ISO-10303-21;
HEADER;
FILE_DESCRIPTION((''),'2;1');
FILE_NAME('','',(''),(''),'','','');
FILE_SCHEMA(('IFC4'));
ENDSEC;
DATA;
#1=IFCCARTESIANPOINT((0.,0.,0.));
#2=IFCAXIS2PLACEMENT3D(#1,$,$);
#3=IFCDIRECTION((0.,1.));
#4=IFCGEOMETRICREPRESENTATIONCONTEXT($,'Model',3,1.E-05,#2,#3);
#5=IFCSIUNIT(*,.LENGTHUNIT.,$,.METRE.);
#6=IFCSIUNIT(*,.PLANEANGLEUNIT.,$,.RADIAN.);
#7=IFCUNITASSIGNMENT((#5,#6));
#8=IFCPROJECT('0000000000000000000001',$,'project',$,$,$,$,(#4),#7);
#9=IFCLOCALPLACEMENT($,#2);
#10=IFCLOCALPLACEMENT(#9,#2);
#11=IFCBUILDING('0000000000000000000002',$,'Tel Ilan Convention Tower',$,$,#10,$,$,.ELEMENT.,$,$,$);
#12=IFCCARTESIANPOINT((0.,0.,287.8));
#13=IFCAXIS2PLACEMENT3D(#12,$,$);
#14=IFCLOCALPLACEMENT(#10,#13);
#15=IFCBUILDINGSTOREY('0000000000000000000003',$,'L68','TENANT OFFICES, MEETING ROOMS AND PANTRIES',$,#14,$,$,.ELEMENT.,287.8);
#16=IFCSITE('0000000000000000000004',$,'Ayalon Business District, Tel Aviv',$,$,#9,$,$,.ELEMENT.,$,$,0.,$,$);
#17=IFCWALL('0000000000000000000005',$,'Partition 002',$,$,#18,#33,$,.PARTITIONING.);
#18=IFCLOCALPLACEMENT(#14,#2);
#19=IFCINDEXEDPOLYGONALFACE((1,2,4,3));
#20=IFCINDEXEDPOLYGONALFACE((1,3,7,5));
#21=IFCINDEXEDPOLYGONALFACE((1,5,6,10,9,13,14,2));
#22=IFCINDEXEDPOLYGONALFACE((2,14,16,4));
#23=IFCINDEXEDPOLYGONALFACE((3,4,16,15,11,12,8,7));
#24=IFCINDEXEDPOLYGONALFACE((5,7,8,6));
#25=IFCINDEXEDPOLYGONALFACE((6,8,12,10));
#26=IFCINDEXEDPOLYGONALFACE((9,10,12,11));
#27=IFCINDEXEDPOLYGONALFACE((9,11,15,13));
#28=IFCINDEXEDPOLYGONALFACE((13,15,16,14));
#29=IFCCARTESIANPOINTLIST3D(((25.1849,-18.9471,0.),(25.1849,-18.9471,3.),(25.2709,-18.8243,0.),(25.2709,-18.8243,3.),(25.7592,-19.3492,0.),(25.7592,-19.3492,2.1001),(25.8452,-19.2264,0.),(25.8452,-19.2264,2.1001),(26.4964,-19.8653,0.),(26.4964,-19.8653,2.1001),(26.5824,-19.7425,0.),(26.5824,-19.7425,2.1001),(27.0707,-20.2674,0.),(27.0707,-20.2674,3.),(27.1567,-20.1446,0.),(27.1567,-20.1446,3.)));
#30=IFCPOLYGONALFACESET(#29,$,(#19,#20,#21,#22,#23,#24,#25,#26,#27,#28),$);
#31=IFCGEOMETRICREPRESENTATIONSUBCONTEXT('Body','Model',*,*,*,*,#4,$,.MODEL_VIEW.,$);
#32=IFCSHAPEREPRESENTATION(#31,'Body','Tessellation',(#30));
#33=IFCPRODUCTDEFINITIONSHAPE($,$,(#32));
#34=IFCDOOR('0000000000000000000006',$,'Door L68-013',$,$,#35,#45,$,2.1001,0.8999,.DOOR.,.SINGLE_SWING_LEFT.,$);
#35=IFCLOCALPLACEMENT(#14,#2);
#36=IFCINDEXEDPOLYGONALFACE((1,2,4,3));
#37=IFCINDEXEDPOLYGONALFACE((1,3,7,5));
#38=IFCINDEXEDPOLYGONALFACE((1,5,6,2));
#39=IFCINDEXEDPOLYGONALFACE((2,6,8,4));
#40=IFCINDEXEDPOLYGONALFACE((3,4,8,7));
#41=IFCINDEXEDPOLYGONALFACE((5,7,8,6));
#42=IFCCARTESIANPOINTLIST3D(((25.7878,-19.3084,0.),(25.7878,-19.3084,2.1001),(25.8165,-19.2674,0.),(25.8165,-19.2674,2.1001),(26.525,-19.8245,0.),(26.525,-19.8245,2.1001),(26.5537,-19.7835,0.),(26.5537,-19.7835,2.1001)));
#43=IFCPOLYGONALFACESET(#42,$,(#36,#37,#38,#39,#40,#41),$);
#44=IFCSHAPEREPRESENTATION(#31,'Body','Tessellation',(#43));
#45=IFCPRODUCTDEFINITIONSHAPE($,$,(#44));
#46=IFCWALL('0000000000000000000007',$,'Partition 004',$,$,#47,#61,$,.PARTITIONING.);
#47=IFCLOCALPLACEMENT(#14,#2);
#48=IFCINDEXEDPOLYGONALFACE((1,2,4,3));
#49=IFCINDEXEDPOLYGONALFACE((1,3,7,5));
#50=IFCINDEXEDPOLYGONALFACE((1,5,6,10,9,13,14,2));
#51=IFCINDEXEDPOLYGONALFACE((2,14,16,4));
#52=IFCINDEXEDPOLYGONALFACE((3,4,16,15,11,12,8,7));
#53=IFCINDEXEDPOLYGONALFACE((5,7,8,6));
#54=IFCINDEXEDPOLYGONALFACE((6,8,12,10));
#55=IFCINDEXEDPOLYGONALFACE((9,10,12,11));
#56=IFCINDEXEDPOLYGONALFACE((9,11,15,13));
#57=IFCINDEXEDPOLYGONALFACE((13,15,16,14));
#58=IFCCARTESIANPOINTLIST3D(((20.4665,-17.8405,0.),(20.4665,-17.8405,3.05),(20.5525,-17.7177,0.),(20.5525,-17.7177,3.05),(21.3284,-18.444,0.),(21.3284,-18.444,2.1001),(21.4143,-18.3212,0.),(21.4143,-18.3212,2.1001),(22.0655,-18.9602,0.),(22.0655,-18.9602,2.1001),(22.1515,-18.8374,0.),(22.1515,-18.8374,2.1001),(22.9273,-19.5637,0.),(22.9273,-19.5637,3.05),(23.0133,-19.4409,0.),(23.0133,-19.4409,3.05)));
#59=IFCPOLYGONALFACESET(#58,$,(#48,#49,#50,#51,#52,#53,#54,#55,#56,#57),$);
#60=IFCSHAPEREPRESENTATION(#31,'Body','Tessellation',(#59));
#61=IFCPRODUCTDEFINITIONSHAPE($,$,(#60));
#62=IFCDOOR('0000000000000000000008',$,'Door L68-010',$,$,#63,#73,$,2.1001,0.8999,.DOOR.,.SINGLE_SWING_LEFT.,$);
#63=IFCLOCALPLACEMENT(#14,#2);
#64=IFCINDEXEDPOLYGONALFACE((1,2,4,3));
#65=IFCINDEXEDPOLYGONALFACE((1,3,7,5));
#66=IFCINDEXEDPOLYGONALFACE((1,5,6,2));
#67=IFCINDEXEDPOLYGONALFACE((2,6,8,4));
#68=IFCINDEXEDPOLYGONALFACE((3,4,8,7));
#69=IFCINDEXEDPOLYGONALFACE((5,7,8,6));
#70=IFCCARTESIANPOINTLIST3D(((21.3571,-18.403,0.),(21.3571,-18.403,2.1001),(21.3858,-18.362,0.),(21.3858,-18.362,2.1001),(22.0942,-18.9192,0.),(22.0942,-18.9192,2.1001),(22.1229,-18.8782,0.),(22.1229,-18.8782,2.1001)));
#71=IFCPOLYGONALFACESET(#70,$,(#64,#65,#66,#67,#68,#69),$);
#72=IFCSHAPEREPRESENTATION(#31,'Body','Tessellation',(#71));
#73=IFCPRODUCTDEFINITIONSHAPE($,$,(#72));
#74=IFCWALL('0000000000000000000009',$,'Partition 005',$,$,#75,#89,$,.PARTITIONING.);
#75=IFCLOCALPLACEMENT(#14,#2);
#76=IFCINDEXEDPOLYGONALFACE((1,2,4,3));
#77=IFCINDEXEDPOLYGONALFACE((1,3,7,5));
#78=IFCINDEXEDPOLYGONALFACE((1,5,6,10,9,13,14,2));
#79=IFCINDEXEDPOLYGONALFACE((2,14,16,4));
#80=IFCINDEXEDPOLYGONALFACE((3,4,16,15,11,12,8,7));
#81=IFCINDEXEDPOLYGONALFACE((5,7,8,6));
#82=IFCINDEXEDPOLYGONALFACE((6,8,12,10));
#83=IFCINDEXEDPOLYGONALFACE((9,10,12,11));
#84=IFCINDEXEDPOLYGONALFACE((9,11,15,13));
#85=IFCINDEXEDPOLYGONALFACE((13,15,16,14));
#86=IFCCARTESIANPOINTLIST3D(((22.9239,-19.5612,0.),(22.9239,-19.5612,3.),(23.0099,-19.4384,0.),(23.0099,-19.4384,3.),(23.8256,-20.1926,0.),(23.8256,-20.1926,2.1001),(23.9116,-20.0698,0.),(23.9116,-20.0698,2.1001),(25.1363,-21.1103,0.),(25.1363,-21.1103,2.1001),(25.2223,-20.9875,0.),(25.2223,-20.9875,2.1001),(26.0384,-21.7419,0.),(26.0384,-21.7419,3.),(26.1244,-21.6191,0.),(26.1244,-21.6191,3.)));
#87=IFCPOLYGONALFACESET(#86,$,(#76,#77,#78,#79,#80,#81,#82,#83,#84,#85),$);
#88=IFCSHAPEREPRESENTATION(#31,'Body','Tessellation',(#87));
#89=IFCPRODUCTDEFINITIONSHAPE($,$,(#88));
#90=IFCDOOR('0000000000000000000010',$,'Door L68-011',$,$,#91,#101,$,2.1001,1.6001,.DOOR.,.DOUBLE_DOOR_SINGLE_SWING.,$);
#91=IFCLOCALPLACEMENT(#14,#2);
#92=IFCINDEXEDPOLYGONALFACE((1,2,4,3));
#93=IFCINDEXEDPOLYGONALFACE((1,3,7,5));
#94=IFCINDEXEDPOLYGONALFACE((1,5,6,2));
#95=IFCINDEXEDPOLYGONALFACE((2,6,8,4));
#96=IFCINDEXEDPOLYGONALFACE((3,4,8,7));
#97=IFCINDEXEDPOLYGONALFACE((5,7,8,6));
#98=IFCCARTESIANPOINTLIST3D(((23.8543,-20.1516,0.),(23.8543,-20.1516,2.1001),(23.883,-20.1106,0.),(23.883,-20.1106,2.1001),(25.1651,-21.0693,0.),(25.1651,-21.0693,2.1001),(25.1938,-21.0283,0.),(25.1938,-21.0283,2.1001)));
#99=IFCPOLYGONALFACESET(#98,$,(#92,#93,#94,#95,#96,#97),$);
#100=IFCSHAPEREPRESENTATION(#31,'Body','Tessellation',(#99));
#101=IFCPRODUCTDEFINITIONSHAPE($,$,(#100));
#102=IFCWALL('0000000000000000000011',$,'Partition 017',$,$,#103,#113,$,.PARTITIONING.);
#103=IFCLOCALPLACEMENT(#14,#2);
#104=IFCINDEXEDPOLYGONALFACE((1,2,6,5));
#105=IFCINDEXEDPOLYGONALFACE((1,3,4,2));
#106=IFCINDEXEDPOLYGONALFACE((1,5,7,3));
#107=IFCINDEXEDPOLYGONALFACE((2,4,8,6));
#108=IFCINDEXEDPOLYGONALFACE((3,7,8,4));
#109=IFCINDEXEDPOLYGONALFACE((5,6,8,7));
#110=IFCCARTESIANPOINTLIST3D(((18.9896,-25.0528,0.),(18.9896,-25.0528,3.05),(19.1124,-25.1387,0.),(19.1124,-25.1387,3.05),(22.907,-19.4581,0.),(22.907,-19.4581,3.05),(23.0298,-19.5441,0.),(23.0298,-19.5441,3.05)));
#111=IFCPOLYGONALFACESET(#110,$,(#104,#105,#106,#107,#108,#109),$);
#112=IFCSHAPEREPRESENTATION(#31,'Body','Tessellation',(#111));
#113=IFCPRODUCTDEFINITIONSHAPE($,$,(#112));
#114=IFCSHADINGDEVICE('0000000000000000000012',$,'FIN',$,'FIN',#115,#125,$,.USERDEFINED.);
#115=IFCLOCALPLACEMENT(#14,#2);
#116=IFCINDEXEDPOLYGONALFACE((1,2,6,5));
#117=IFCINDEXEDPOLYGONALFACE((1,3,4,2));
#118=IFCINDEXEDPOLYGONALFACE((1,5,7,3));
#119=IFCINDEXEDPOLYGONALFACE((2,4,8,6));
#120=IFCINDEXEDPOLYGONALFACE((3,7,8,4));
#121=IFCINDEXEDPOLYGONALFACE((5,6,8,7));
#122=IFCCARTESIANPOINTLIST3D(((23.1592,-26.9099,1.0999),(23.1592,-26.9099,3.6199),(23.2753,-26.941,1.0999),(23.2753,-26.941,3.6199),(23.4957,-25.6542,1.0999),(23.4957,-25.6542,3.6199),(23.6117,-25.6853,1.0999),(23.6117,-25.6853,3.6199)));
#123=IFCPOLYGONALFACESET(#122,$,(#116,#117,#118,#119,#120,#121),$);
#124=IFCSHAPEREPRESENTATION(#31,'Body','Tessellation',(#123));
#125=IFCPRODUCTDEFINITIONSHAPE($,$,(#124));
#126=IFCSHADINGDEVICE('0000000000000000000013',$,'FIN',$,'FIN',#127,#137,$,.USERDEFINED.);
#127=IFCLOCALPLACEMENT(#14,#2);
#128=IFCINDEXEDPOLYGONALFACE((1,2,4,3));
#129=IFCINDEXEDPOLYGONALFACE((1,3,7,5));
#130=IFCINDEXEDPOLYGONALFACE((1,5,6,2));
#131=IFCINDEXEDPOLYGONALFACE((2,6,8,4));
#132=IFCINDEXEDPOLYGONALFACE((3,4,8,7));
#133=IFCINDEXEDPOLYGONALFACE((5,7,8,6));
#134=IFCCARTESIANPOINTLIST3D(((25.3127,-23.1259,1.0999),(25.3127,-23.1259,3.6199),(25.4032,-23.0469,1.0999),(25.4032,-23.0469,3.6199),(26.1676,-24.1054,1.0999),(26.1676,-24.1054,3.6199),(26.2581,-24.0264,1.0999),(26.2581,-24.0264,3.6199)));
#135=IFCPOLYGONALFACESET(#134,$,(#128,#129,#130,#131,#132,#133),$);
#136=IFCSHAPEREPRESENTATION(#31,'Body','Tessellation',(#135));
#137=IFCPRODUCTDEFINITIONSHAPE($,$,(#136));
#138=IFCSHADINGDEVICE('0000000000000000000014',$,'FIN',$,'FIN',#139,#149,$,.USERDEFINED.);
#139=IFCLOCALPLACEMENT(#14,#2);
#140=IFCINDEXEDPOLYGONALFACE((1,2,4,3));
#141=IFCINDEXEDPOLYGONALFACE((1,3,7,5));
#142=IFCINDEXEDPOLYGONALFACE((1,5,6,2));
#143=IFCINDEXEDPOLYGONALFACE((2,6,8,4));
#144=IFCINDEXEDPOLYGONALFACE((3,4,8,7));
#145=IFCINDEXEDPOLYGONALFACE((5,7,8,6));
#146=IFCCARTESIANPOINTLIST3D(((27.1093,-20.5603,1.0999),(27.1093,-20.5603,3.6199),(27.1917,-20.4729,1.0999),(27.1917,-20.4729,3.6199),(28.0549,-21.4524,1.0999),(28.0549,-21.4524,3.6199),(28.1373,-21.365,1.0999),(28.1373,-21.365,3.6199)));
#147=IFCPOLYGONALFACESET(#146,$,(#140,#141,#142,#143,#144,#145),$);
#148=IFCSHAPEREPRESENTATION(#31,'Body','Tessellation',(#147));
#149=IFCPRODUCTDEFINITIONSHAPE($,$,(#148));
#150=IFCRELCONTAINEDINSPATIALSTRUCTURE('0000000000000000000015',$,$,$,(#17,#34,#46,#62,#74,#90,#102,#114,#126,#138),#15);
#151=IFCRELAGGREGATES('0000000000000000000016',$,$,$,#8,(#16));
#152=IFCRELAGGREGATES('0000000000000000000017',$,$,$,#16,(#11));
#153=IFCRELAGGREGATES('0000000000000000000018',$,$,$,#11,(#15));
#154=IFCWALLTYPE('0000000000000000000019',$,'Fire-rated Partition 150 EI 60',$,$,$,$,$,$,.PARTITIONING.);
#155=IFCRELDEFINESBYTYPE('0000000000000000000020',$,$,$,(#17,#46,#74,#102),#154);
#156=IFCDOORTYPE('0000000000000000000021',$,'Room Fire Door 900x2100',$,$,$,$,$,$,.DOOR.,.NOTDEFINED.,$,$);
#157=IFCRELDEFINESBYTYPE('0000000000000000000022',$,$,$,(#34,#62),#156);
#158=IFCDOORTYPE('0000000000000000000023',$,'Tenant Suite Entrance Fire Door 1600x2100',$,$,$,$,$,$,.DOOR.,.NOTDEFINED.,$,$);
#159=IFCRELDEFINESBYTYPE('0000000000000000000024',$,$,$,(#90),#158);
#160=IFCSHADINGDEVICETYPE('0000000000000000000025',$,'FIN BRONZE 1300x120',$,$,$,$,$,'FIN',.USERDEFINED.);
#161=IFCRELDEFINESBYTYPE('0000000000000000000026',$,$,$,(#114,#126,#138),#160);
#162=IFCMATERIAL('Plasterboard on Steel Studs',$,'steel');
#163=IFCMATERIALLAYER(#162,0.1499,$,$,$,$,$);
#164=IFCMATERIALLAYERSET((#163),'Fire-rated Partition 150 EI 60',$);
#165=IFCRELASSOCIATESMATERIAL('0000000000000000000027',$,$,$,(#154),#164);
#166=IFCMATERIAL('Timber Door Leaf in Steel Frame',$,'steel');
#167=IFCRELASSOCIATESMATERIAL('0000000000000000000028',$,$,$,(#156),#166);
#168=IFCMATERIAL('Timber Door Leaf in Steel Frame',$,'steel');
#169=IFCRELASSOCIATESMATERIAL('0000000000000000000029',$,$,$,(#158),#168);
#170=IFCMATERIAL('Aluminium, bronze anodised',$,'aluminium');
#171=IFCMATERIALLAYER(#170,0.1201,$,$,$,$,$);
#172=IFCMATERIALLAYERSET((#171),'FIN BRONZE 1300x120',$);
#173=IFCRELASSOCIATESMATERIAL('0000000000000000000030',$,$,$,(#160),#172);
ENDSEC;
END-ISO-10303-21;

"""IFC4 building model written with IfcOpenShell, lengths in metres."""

from ifc_helpers import new_model, si_unit, direction, frame, frame_2d, origin, origin_2d, place, context, subcontext, project, spatial, rectangle, extrude, material, layer, layer_set, type_object, element, fill, save


model = new_model("IFC4")

# Units and contexts
model_context = context("Model", 3, precision=1e-05, world=origin(), true_north=direction((0.0, 1.0)))
body_context = subcontext(model_context, "Body", "Model", "MODEL_VIEW")
ifc_project = project(units=[si_unit("LENGTHUNIT", "METRE"), si_unit("PLANEANGLEUNIT", "RADIAN")], contexts=[model_context])

# Site, building, storey
site_placement = place(None, origin())
site = spatial("IfcSite", under=ifc_project, at=site_placement, Name="Ayalon Business District, Tel Aviv", CompositionType="ELEMENT", RefElevation=0.0)
building_placement = place(site_placement, origin())
building = spatial("IfcBuilding", under=site, at=building_placement, Name="Tel Ilan Convention Tower", CompositionType="ELEMENT")
storey_placement = place(building_placement, frame((0.0, 0.0, 287.8)))
storey = spatial("IfcBuildingStorey", under=building, at=storey_placement, Name="L68", Description="TENANT OFFICES, MEETING ROOMS AND PANTRIES", CompositionType="ELEMENT", Elevation=287.8)

# Walls, openings, doors
ifc_material_1 = material(Name="Plasterboard on Steel Studs", Category="steel")
ifc_layer_1 = layer(ifc_material_1, 0.1499)
ifc_layer_set_1 = layer_set([ifc_layer_1], Name="Fire-rated Partition 150 EI 60")
wall_type = type_object("IfcWallType", Name="Fire-rated Partition 150 EI 60", PredefinedType="PARTITIONING", material=ifc_layer_set_1)
wall_1_placement = place(storey_placement, frame((25.228, -18.8857, 0.0), z_axis=(0.0, 0.0, 1.0), x_axis=(0.819172, -0.573548, 0.0)))
wall_1 = element("IfcWall", 1, at=wall_1_placement, inside=storey, type_object=wall_type, Name="Partition 002", PredefinedType="PARTITIONING", context=body_context, shape_type="SweptSolid", body=[
    extrude(rectangle(XDim=2.302, YDim=0.1499, at=frame_2d((1.1509, 0.0))), origin(), (0.0, 0.0, 1.0), 3.0),
])
opening_1_placement = place(wall_1_placement, frame((0.7009, 0.0, 0.0)))
opening_1 = element("IfcOpeningElement", 2, at=opening_1_placement, cuts=wall_1, PredefinedType="OPENING", context=body_context, shape_type="SweptSolid", body=[
    extrude(rectangle(XDim=0.8999, YDim=2.1001, at=frame_2d((0.45, 1.05))), frame((0.0, 0.085, 0.0), z_axis=(0.0, -1.0, 0.0), x_axis=(1.0, 0.0, 0.0)), (0.0, 0.0, 1.0), 0.1699),
])
ifc_material_2 = material(Name="Timber Door Leaf in Steel Frame", Category="steel")
door_type_1 = type_object("IfcDoorType", Name="Room Fire Door 900x2100", OperationType="NOTDEFINED", PredefinedType="DOOR", material=ifc_material_2)
door_1_placement = place(opening_1_placement, origin())
door_1 = element("IfcDoor", 3, at=door_1_placement, inside=storey, type_object=door_type_1, Name="Door L68-013", OperationType="SINGLE_SWING_LEFT", OverallHeight=2.1001, OverallWidth=0.8999, PredefinedType="DOOR", context=body_context, shape_type="SweptSolid", body=[
    extrude(rectangle(XDim=0.8999, YDim=2.1001, at=frame_2d((0.45, 1.05))), frame((0.0, 0.0249, 0.0), z_axis=(0.0, -1.0, 0.0), x_axis=(1.0, 0.0, 0.0)), (0.0, 0.0, 1.0), 0.05),
])
fill(opening_1, door_1)
wall_2_placement = place(storey_placement, frame((22.9702, -19.5022, 0.0), z_axis=(0.0, 0.0, 1.0), x_axis=(-0.819129, 0.57361, 0.0)))
wall_2 = element("IfcWall", 4, at=wall_2_placement, inside=storey, type_object=wall_type, Name="Partition 004", PredefinedType="PARTITIONING", context=body_context, shape_type="SweptSolid", body=[
    extrude(rectangle(XDim=3.0042, YDim=0.1499, at=frame_2d((1.502, 0.0))), origin(), (0.0, 0.0, 1.0), 3.05),
])
opening_2_placement = place(wall_2_placement, frame((1.052, 0.0, 0.0)))
opening_2 = element("IfcOpeningElement", 5, at=opening_2_placement, cuts=wall_2, PredefinedType="OPENING", context=body_context, shape_type="SweptSolid", body=[
    extrude(rectangle(XDim=0.8999, YDim=2.1001, at=frame_2d((0.45, 1.05))), frame((0.0, 0.085, 0.0), z_axis=(0.0, -1.0, 0.0), x_axis=(1.0, 0.0, 0.0)), (0.0, 0.0, 1.0), 0.1699),
])
door_2_placement = place(opening_2_placement, origin())
door_2 = element("IfcDoor", 6, at=door_2_placement, inside=storey, type_object=door_type_1, Name="Door L68-010", OperationType="SINGLE_SWING_LEFT", OverallHeight=2.1001, OverallWidth=0.8999, PredefinedType="DOOR", context=body_context, shape_type="SweptSolid", body=[
    extrude(rectangle(XDim=0.8999, YDim=2.1001, at=frame_2d((0.45, 1.05))), frame((0.0, 0.0249, 0.0), z_axis=(0.0, -1.0, 0.0), x_axis=(1.0, 0.0, 0.0)), (0.0, 0.0, 1.0), 0.05),
])
fill(opening_2, door_2)
wall_3_placement = place(storey_placement, frame((26.0813, -21.6804, 0.0), z_axis=(0.0, 0.0, 1.0), x_axis=(-0.819169, 0.573553, 0.0)))
wall_3 = element("IfcWall", 7, at=wall_3_placement, inside=storey, type_object=wall_type, Name="Partition 005", PredefinedType="PARTITIONING", context=body_context, shape_type="SweptSolid", body=[
    extrude(rectangle(XDim=3.802, YDim=0.1499, at=frame_2d((1.9009, 0.0))), origin(), (0.0, 0.0, 1.0), 3.0),
])
opening_3_placement = place(wall_3_placement, frame((1.1011, 0.0, 0.0)))
opening_3 = element("IfcOpeningElement", 8, at=opening_3_placement, cuts=wall_3, PredefinedType="OPENING", context=body_context, shape_type="SweptSolid", body=[
    extrude(rectangle(XDim=1.6001, YDim=2.1001, at=frame_2d((0.8, 1.05))), frame((0.0, 0.085, 0.0), z_axis=(0.0, -1.0, 0.0), x_axis=(1.0, 0.0, 0.0)), (0.0, 0.0, 1.0), 0.1699),
])
ifc_material_3 = material(Name="Timber Door Leaf in Steel Frame", Category="steel")
door_type_2 = type_object("IfcDoorType", Name="Tenant Suite Entrance Fire Door 1600x2100", OperationType="NOTDEFINED", PredefinedType="DOOR", material=ifc_material_3)
door_3_placement = place(opening_3_placement, origin())
door_3 = element("IfcDoor", 9, at=door_3_placement, inside=storey, type_object=door_type_2, Name="Door L68-011", OperationType="DOUBLE_DOOR_SINGLE_SWING", OverallHeight=2.1001, OverallWidth=1.6001, PredefinedType="DOOR", context=body_context, shape_type="SweptSolid", body=[
    extrude(rectangle(XDim=1.6001, YDim=2.1001, at=frame_2d((0.8, 1.05))), frame((0.0, 0.0249, 0.0), z_axis=(0.0, -1.0, 0.0), x_axis=(1.0, 0.0, 0.0)), (0.0, 0.0, 1.0), 0.05),
])
fill(opening_3, door_3)

# Wall
wall_4_placement = place(storey_placement, frame((22.9685, -19.501, 0.0), z_axis=(0.0, 0.0, 1.0), x_axis=(-0.573577, -0.819151, 0.0)))
element("IfcWall", 10, at=wall_4_placement, inside=storey, type_object=wall_type, Name="Partition 017", PredefinedType="PARTITIONING", context=body_context, shape_type="SweptSolid", body=[
    extrude(rectangle(XDim=6.8298, YDim=0.1499, at=frame_2d((3.415, 0.0))), origin(), (0.0, 0.0, 1.0), 3.05),
])

# Shading devices
ifc_material_4 = material(Name="Aluminium, bronze anodised", Category="aluminium")
ifc_layer_2 = layer(ifc_material_4, 0.1201)
ifc_layer_set_2 = layer_set([ifc_layer_2], Name="FIN BRONZE 1300x120")
shading_device_type = type_object("IfcShadingDeviceType", Name="FIN BRONZE 1300x120", ElementType="FIN", PredefinedType="USERDEFINED", material=ifc_layer_set_2)
for number, where, z_axis, x_axis, name in (
    (11, (23.3855, -26.2976, 1.0999), (0.0, 0.0, 1.0), (-0.258819, -0.965926, 0.0), "FIN"),
    (12, (25.7854, -23.5762, 1.0999), (0.0, 0.0, 1.0), (0.657521, -0.753436, 0.0), "FIN"),
    (13, (27.6233, -20.9626, 1.0999), (0.0, 0.0, 1.0), (0.727374, -0.686242, 0.0), "FIN"),
):
    element("IfcShadingDevice", number, at=place(storey_placement, frame(where, z_axis=z_axis, x_axis=x_axis)), inside=storey, type_object=shading_device_type, Name=name, ObjectType="FIN", PredefinedType="USERDEFINED", context=body_context, shape_type="SweptSolid", body=[
        extrude(rectangle(XDim=1.3, YDim=0.1201, at=origin_2d()), origin(), (0.0, 0.0, 1.0), 2.52),
    ])

save(model, "model.ifc")
